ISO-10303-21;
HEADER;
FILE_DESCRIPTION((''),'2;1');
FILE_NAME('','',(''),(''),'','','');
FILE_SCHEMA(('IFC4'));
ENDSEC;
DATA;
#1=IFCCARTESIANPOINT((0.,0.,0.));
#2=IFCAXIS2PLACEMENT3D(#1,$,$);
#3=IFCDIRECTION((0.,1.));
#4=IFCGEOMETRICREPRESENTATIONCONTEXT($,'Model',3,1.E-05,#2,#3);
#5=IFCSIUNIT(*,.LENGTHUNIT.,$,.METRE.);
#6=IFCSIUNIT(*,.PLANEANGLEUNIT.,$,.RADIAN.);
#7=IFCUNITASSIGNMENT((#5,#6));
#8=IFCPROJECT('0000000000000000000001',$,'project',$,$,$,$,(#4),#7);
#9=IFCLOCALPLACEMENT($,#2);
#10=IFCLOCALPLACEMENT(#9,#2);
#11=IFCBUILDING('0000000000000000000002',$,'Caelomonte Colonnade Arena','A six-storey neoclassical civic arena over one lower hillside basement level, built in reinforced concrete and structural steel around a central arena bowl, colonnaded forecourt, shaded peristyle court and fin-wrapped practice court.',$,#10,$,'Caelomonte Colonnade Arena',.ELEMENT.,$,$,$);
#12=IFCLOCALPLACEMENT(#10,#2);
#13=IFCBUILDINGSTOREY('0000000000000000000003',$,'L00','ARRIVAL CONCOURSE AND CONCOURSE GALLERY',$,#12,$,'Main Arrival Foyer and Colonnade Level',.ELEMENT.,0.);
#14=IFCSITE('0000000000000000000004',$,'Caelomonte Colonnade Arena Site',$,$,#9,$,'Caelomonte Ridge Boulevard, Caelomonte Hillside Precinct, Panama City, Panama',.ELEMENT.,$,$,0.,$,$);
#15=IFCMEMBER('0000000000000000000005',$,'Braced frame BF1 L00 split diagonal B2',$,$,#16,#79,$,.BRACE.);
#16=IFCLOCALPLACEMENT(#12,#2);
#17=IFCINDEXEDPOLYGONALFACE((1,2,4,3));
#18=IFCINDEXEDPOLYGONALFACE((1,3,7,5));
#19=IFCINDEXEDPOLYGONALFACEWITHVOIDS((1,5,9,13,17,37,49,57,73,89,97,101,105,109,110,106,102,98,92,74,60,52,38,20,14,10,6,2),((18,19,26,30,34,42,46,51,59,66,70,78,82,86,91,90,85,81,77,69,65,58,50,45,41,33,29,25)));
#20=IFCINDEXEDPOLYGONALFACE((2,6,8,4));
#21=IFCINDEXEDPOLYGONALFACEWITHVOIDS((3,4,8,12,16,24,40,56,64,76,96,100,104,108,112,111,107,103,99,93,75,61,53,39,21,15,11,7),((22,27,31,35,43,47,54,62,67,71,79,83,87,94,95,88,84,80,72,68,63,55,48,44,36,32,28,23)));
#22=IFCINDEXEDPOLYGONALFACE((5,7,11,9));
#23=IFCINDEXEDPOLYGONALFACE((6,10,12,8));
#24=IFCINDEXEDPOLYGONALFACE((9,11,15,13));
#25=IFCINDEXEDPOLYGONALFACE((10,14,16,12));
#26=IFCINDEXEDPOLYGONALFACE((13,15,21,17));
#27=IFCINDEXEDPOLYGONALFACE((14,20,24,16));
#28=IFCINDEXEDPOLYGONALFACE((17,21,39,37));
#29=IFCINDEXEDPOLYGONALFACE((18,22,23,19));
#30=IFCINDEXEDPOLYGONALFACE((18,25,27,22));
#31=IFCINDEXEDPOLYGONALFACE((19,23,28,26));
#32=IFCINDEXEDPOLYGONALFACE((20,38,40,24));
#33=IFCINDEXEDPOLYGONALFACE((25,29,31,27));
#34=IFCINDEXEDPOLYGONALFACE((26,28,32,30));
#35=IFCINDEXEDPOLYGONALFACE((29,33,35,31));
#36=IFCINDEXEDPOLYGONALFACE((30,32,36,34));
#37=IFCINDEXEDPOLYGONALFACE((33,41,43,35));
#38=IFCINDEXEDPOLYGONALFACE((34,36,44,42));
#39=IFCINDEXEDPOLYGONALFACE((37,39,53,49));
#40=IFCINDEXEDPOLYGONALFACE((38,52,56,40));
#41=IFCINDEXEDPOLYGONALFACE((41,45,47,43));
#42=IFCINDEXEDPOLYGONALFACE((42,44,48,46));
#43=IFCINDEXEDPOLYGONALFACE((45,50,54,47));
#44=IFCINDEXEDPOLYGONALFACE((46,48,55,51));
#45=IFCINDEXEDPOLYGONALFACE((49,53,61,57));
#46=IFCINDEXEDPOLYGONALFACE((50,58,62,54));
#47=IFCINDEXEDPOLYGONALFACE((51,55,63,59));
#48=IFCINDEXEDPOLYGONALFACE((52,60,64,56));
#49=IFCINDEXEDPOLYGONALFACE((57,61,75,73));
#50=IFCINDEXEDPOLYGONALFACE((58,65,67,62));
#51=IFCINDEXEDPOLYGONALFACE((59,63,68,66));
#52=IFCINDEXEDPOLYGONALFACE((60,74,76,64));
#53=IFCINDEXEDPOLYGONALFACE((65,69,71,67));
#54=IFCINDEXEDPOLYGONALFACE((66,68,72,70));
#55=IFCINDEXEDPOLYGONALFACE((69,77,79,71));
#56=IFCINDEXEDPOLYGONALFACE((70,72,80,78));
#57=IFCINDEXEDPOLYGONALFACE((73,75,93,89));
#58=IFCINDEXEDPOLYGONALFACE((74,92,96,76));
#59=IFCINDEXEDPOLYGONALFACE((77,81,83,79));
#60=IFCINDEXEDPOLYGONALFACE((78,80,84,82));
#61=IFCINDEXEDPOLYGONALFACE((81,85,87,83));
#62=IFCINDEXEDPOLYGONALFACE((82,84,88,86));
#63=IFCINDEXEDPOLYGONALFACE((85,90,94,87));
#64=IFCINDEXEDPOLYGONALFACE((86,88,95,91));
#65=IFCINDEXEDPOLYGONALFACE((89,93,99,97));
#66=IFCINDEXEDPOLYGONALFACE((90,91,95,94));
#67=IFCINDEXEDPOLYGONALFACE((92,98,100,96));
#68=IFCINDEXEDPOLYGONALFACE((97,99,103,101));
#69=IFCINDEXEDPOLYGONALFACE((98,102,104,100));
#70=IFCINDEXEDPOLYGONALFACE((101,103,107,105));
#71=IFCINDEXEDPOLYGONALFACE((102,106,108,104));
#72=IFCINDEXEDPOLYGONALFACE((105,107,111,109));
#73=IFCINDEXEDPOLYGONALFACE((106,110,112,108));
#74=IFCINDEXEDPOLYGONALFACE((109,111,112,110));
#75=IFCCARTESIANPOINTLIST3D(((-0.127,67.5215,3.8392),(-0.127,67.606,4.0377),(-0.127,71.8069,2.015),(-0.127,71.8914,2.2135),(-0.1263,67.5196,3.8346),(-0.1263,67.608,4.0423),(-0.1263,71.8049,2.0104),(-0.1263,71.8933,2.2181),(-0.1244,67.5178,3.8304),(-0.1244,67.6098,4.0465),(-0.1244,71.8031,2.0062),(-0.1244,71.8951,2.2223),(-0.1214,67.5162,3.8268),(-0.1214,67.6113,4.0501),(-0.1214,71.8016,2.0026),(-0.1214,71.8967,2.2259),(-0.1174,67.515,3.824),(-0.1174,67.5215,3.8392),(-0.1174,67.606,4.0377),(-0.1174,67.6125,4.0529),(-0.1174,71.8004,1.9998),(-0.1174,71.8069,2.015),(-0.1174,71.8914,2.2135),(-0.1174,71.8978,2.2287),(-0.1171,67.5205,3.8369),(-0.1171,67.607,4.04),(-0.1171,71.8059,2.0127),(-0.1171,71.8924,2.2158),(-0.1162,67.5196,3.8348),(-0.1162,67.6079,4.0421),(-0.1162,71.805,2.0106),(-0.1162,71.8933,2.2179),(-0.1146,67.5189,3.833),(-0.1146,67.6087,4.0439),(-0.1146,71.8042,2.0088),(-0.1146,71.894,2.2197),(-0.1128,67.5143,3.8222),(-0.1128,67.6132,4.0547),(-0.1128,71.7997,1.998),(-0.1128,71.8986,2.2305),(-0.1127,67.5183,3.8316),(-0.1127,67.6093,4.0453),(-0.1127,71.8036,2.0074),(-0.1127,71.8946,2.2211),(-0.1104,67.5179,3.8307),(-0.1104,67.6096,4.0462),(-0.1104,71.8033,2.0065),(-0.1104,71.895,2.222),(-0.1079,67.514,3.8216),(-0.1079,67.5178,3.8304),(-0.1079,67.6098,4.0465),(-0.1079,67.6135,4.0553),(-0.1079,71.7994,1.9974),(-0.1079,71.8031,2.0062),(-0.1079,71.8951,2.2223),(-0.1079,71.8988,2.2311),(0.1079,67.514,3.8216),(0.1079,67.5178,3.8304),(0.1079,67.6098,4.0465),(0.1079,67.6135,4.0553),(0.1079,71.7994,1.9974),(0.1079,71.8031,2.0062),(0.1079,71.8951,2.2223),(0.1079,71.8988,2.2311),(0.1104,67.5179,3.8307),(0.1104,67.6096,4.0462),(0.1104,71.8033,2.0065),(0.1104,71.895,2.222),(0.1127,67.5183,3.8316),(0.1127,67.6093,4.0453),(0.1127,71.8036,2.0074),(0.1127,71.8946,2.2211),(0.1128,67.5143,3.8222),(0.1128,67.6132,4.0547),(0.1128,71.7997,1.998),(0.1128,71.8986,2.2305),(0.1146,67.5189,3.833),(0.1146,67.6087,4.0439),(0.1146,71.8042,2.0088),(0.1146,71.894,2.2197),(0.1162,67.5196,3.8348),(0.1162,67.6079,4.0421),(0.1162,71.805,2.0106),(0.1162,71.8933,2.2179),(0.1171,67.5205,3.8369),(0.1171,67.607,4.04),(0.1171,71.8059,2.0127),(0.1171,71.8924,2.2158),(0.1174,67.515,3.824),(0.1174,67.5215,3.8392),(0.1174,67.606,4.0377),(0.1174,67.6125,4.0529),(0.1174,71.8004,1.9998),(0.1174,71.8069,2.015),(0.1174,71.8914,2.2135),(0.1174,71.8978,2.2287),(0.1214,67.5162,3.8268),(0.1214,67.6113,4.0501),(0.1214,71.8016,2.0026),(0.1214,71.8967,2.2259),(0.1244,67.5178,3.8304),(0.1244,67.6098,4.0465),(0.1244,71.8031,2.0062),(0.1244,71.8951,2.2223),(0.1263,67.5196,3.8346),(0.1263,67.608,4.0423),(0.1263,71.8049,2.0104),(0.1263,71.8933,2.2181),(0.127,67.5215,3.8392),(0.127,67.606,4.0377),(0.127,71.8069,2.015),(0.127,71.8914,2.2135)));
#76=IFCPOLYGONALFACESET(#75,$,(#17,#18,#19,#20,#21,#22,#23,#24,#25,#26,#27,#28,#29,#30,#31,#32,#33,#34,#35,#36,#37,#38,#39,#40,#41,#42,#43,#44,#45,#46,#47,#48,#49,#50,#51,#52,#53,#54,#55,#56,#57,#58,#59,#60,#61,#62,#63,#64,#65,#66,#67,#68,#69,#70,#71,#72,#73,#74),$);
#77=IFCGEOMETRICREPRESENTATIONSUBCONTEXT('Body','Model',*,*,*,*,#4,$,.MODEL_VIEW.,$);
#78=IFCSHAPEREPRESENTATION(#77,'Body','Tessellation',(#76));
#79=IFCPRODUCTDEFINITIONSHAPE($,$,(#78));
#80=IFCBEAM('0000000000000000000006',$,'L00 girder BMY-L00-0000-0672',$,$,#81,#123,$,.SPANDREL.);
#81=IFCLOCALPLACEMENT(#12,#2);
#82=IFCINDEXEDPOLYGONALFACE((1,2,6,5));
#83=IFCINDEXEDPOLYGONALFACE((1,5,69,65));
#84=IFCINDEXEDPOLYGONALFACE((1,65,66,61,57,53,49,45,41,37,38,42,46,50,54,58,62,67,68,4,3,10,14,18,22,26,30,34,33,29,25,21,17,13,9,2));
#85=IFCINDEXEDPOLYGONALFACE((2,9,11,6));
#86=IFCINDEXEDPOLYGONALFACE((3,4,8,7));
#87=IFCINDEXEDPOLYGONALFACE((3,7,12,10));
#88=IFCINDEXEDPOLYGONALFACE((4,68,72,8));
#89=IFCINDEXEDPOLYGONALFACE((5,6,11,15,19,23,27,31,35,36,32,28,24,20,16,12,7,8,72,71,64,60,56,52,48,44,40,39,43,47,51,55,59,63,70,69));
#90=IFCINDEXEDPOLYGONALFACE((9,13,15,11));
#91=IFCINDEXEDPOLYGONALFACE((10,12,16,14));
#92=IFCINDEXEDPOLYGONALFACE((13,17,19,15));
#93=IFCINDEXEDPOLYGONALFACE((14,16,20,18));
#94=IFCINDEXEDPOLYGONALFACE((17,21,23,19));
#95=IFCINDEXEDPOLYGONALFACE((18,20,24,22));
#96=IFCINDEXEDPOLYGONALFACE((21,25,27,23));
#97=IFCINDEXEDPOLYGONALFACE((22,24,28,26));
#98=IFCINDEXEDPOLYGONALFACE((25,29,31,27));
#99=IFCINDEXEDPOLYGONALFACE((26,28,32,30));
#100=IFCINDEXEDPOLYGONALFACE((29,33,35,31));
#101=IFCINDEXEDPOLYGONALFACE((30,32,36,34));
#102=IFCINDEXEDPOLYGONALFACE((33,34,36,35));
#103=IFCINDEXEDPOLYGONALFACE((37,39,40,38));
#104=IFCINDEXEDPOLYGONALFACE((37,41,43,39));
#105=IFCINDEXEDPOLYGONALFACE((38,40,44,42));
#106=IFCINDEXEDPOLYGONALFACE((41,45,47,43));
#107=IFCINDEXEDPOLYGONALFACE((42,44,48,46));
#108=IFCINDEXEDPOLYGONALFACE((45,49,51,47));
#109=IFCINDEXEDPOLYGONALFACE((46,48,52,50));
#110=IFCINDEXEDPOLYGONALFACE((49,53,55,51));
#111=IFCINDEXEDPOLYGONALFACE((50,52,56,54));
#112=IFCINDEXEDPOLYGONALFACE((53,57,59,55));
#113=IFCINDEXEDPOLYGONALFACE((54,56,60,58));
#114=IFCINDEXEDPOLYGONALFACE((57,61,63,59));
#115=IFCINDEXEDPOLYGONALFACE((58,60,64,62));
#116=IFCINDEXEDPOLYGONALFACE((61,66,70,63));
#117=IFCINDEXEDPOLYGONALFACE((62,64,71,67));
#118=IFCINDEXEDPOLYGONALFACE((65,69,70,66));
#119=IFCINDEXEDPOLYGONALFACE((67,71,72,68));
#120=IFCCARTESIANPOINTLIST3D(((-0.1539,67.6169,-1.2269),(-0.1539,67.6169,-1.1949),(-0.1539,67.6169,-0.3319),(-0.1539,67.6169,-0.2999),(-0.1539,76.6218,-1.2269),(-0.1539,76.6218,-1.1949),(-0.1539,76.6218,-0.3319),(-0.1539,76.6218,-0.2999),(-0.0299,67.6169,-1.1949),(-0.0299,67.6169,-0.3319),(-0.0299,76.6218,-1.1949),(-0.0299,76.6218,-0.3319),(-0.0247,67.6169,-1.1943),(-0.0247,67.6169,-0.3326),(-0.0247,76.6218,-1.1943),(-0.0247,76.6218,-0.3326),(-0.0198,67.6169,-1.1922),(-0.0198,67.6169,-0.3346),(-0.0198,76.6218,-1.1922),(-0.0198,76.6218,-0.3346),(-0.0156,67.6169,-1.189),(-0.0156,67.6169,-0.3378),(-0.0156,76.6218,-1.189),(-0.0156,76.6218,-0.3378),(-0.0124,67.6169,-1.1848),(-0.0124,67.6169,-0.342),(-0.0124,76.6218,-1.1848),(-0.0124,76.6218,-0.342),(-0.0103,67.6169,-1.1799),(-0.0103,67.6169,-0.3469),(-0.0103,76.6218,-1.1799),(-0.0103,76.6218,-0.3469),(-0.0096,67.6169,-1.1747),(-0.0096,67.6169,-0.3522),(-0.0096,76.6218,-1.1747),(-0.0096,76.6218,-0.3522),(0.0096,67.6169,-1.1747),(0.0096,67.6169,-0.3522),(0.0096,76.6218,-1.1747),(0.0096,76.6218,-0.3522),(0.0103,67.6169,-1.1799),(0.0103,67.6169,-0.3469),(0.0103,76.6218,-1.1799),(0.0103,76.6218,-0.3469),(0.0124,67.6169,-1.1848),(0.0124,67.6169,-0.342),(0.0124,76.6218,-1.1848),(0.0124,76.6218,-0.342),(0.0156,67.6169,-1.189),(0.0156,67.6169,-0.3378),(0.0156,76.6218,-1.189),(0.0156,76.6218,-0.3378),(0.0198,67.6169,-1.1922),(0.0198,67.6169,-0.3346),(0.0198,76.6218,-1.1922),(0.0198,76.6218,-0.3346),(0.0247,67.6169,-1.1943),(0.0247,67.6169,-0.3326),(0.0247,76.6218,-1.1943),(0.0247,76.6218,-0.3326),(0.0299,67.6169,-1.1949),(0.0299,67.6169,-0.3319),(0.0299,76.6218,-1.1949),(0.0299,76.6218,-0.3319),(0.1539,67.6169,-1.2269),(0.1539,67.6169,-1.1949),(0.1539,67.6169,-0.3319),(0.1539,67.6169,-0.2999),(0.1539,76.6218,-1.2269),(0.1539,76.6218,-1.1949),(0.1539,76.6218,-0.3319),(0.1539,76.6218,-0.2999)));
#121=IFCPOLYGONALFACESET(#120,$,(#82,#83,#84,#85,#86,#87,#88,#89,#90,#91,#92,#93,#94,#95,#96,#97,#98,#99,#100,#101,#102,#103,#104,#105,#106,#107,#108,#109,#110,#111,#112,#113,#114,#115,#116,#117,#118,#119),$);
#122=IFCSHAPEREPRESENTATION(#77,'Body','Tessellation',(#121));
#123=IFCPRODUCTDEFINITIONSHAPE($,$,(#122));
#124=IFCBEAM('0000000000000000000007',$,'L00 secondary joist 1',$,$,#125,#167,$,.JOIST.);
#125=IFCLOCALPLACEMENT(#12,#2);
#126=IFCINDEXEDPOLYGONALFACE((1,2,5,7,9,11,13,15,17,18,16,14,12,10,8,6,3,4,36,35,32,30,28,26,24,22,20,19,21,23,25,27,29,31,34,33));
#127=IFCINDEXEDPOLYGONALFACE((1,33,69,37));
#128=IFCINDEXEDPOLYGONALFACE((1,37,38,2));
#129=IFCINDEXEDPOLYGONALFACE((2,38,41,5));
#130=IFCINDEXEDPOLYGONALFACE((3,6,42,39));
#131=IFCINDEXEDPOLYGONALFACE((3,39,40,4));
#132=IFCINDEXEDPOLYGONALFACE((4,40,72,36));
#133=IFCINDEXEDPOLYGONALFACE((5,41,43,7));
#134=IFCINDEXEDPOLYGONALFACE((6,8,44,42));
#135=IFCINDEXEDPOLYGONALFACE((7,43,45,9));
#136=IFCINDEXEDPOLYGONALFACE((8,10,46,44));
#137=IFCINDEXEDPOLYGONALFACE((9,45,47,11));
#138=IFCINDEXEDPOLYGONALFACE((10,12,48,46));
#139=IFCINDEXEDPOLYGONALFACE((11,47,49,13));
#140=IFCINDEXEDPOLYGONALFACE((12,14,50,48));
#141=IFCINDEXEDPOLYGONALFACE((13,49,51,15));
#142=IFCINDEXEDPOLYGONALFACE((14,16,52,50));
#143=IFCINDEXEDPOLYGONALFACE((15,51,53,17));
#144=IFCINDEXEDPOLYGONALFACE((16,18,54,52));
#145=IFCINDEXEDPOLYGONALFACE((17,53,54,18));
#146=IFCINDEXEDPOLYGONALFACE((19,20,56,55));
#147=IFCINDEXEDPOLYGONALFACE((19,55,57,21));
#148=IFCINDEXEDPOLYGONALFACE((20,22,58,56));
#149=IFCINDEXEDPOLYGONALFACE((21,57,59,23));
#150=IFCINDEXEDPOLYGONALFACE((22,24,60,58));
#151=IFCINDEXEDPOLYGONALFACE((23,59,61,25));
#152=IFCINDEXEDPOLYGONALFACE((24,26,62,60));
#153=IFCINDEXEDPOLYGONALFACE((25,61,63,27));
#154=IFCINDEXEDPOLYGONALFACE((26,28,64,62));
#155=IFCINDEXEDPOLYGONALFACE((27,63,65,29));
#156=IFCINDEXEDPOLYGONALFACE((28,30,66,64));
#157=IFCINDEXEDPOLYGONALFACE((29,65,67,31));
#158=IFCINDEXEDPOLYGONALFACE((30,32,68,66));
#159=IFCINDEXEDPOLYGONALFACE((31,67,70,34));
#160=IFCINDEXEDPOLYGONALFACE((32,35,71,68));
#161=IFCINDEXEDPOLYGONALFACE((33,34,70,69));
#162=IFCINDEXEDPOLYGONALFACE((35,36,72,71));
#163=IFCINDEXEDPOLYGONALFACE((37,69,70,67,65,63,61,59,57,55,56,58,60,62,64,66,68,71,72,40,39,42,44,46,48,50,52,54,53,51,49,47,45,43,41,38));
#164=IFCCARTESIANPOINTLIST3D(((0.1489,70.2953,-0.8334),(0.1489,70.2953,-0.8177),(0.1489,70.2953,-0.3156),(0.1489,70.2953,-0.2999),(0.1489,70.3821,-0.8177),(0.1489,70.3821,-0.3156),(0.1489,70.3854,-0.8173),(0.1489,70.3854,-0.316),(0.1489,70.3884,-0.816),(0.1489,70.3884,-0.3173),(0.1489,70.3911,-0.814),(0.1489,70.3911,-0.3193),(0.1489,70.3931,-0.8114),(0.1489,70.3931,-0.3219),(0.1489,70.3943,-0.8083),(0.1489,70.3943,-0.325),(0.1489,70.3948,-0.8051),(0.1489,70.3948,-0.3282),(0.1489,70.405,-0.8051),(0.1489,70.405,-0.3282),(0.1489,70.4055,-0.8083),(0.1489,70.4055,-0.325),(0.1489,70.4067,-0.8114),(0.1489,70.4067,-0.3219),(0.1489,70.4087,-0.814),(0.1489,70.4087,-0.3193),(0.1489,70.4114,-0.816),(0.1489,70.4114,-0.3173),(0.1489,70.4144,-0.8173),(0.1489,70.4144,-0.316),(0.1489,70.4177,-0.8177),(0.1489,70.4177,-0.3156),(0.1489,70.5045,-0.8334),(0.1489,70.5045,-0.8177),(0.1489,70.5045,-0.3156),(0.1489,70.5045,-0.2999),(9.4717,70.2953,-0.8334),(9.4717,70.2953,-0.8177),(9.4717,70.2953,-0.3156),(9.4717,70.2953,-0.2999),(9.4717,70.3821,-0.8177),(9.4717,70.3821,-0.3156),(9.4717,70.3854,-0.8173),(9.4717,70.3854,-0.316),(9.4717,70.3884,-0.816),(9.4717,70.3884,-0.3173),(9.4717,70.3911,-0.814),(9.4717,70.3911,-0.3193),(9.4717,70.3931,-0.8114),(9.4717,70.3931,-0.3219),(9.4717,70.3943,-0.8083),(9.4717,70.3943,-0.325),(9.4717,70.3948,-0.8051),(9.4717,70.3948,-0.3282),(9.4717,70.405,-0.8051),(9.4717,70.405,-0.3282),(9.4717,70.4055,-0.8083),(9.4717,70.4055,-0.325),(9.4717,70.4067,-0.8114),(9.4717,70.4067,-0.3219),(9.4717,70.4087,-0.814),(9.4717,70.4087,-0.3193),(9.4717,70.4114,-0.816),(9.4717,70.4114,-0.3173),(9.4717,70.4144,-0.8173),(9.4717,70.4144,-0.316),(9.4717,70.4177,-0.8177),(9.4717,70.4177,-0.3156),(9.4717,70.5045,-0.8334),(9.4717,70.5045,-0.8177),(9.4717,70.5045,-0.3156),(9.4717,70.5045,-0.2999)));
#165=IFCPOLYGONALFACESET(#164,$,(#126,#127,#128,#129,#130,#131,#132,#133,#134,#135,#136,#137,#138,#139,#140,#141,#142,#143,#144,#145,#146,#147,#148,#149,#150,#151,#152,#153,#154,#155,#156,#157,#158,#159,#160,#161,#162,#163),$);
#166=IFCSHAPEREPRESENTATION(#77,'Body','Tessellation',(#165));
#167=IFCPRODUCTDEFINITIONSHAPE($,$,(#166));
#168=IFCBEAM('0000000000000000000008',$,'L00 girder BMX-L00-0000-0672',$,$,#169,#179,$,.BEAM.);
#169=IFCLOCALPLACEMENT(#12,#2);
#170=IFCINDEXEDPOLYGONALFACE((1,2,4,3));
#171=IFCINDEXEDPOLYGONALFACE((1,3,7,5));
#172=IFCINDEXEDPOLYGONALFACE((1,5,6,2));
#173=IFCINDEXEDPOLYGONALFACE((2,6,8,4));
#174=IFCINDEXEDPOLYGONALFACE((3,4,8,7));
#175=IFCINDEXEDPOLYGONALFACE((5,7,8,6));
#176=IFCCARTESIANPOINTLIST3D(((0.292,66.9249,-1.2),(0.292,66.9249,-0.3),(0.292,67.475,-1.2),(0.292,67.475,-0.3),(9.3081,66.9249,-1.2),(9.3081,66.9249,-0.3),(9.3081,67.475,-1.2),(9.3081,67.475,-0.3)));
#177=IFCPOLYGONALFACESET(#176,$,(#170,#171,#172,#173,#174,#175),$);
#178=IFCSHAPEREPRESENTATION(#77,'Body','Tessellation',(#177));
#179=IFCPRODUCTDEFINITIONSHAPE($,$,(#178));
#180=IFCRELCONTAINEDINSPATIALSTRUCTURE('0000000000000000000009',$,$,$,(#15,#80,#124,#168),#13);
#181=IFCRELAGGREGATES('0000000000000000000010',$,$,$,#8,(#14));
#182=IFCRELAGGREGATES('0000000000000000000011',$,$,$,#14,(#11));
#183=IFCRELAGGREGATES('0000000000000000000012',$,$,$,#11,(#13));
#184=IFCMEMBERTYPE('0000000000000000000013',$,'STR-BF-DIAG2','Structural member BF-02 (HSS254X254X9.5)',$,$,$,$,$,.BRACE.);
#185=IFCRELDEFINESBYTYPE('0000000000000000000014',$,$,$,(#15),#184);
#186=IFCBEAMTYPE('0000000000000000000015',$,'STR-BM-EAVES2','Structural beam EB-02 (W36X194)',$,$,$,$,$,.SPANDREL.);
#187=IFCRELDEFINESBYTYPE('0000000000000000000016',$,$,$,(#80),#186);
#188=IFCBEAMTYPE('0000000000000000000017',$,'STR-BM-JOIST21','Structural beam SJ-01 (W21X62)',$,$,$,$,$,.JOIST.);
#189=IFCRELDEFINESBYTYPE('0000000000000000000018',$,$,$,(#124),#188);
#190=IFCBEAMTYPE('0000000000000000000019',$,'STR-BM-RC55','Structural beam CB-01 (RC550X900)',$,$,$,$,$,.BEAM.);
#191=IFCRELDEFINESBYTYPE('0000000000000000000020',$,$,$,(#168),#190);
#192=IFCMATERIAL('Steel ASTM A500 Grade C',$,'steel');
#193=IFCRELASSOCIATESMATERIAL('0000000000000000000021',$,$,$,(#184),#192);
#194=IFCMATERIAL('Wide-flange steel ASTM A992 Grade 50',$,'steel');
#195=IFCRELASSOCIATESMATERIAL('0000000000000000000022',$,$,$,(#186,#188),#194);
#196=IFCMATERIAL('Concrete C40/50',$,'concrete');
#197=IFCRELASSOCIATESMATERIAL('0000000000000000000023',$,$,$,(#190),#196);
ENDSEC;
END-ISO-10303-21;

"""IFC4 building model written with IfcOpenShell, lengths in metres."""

from ifc_helpers import new_model, si_unit, direction, frame, origin, origin_2d, place, context, subcontext, project, spatial, rectangle, hollow_rectangle, i_section, extrude, material, material_profile, profile_set, type_object, element, save


model = new_model("IFC4")

# Units and contexts
model_context = context("Model", 3, precision=1e-05, world=origin(), true_north=direction((0.0, 1.0)))
body_context = subcontext(model_context, "Body", "Model", "MODEL_VIEW")
ifc_project = project(units=[si_unit("LENGTHUNIT", "METRE"), si_unit("PLANEANGLEUNIT", "RADIAN")], contexts=[model_context])

# Site, building, storey
site_placement = place(None, origin())
site = spatial("IfcSite", under=ifc_project, at=site_placement, Name="Caelomonte Colonnade Arena Site", LongName="Caelomonte Ridge Boulevard, Caelomonte Hillside Precinct, Panama City, Panama", CompositionType="ELEMENT", RefElevation=0.0)
building_placement = place(site_placement, origin())
building = spatial("IfcBuilding", under=site, at=building_placement, Name="Caelomonte Colonnade Arena", Description="A six-storey neoclassical civic arena over one lower hillside basement level, built in reinforced concrete and structural steel around a central arena bowl, colonnaded forecourt, shaded peristyle court and fin-wrapped practice court.", LongName="Caelomonte Colonnade Arena", CompositionType="ELEMENT")
storey_placement = place(building_placement, origin())
storey = spatial("IfcBuildingStorey", under=building, at=storey_placement, Name="L00", Description="ARRIVAL CONCOURSE AND CONCOURSE GALLERY", LongName="Main Arrival Foyer and Colonnade Level", CompositionType="ELEMENT", Elevation=0.0)

# Shared definitions
ifc_material_1 = material(Name="Steel ASTM A500 Grade C", Category="steel")

# Member
ifc_material_profile_1 = material_profile(ifc_material_1, hollow_rectangle(XDim=0.2539, YDim=0.2539, WallThickness=0.0095, InnerFilletRadius=0.0095, OuterFilletRadius=0.019, at=origin_2d()), Name="HSS254X254X9.5")
ifc_profile_set_1 = profile_set([ifc_material_profile_1], Name="Steel ASTM A500 Grade C")
member_type_1 = type_object("IfcMemberType", Name="STR-BF-DIAG2", Description="Structural member BF-02 (HSS254X254X9.5)", PredefinedType="BRACE", material=ifc_profile_set_1)
member_1_placement = place(storey_placement, frame((0.0, 71.8491, 2.1143), z_axis=(0.0, -0.920105, 0.391672), x_axis=(1.0, 0.0, 0.0)))
element("IfcMember", 1, at=member_1_placement, inside=storey, type_object=member_type_1, Name="Braced frame BF1 L00 split diagonal B2", PredefinedType="BRACE", context=body_context, shape_type="SweptSolid", body=[
    extrude(hollow_rectangle(XDim=0.2539, YDim=0.2539, WallThickness=0.0095, InnerFilletRadius=0.0095, OuterFilletRadius=0.019, at=origin_2d()), origin(), (0.0, 0.0, 1.0), 4.6575),
])

# Beams
ifc_material_2 = material(Name="Wide-flange steel ASTM A992 Grade 50", Category="steel")
ifc_material_profile_2 = material_profile(ifc_material_2, i_section(OverallWidth=0.3079, OverallDepth=0.927, WebThickness=0.0193, FlangeThickness=0.032, FilletRadius=0.0203, at=origin_2d()), Name="W36X194")
ifc_profile_set_2 = profile_set([ifc_material_profile_2], Name="Wide-flange steel ASTM A992 Grade 50")
beam_type_1 = type_object("IfcBeamType", Name="STR-BM-EAVES2", Description="Structural beam EB-02 (W36X194)", PredefinedType="SPANDREL", material=ifc_profile_set_2)
beam_1_placement = place(storey_placement, frame((0.0, 67.6169, -0.7634), z_axis=(0.0, 1.0, 0.0), x_axis=(-1.0, 0.0, 0.0)))
element("IfcBeam", 2, at=beam_1_placement, inside=storey, type_object=beam_type_1, Name="L00 girder BMY-L00-0000-0672", PredefinedType="SPANDREL", context=body_context, shape_type="SweptSolid", body=[
    extrude(i_section(OverallWidth=0.3079, OverallDepth=0.927, WebThickness=0.0193, FlangeThickness=0.032, FilletRadius=0.0203, at=origin_2d()), origin(), (0.0, 0.0, 1.0), 9.0049),
])
ifc_material_profile_3 = material_profile(ifc_material_2, i_section(OverallWidth=0.2092, OverallDepth=0.5334, WebThickness=0.0103, FlangeThickness=0.0156, FilletRadius=0.0127, at=origin_2d()), Name="W21X62")
ifc_profile_set_3 = profile_set([ifc_material_profile_3], Name="Wide-flange steel ASTM A992 Grade 50")
beam_type_2 = type_object("IfcBeamType", Name="STR-BM-JOIST21", Description="Structural beam SJ-01 (W21X62)", PredefinedType="JOIST", material=ifc_profile_set_3)
beam_2_placement = place(storey_placement, frame((0.1489, 70.3999, -0.5667), z_axis=(1.0, 0.0, 0.0), x_axis=(0.0, 1.0, 0.0)))
element("IfcBeam", 3, at=beam_2_placement, inside=storey, type_object=beam_type_2, Name="L00 secondary joist 1", PredefinedType="JOIST", context=body_context, shape_type="SweptSolid", body=[
    extrude(i_section(OverallWidth=0.2092, OverallDepth=0.5334, WebThickness=0.0103, FlangeThickness=0.0156, FilletRadius=0.0127, at=origin_2d()), origin(), (0.0, 0.0, 1.0), 9.3228),
])
ifc_material_3 = material(Name="Concrete C40/50", Category="concrete")
ifc_material_profile_4 = material_profile(ifc_material_3, rectangle(XDim=0.55, YDim=0.8999, at=origin_2d()), Name="RC550X900")
ifc_profile_set_4 = profile_set([ifc_material_profile_4], Name="Concrete C40/50")
beam_type_3 = type_object("IfcBeamType", Name="STR-BM-RC55", Description="Structural beam CB-01 (RC550X900)", PredefinedType="BEAM", material=ifc_profile_set_4)
beam_3_placement = place(storey_placement, frame((0.292, 67.2, -0.75), z_axis=(1.0, 0.0, 0.0), x_axis=(0.0, 1.0, 0.0)))
element("IfcBeam", 4, at=beam_3_placement, inside=storey, type_object=beam_type_3, Name="L00 girder BMX-L00-0000-0672", PredefinedType="BEAM", context=body_context, shape_type="SweptSolid", body=[
    extrude(rectangle(XDim=0.55, YDim=0.8999, at=origin_2d()), origin(), (0.0, 0.0, 1.0), 9.0161),
])

save(model, "model.ifc")
